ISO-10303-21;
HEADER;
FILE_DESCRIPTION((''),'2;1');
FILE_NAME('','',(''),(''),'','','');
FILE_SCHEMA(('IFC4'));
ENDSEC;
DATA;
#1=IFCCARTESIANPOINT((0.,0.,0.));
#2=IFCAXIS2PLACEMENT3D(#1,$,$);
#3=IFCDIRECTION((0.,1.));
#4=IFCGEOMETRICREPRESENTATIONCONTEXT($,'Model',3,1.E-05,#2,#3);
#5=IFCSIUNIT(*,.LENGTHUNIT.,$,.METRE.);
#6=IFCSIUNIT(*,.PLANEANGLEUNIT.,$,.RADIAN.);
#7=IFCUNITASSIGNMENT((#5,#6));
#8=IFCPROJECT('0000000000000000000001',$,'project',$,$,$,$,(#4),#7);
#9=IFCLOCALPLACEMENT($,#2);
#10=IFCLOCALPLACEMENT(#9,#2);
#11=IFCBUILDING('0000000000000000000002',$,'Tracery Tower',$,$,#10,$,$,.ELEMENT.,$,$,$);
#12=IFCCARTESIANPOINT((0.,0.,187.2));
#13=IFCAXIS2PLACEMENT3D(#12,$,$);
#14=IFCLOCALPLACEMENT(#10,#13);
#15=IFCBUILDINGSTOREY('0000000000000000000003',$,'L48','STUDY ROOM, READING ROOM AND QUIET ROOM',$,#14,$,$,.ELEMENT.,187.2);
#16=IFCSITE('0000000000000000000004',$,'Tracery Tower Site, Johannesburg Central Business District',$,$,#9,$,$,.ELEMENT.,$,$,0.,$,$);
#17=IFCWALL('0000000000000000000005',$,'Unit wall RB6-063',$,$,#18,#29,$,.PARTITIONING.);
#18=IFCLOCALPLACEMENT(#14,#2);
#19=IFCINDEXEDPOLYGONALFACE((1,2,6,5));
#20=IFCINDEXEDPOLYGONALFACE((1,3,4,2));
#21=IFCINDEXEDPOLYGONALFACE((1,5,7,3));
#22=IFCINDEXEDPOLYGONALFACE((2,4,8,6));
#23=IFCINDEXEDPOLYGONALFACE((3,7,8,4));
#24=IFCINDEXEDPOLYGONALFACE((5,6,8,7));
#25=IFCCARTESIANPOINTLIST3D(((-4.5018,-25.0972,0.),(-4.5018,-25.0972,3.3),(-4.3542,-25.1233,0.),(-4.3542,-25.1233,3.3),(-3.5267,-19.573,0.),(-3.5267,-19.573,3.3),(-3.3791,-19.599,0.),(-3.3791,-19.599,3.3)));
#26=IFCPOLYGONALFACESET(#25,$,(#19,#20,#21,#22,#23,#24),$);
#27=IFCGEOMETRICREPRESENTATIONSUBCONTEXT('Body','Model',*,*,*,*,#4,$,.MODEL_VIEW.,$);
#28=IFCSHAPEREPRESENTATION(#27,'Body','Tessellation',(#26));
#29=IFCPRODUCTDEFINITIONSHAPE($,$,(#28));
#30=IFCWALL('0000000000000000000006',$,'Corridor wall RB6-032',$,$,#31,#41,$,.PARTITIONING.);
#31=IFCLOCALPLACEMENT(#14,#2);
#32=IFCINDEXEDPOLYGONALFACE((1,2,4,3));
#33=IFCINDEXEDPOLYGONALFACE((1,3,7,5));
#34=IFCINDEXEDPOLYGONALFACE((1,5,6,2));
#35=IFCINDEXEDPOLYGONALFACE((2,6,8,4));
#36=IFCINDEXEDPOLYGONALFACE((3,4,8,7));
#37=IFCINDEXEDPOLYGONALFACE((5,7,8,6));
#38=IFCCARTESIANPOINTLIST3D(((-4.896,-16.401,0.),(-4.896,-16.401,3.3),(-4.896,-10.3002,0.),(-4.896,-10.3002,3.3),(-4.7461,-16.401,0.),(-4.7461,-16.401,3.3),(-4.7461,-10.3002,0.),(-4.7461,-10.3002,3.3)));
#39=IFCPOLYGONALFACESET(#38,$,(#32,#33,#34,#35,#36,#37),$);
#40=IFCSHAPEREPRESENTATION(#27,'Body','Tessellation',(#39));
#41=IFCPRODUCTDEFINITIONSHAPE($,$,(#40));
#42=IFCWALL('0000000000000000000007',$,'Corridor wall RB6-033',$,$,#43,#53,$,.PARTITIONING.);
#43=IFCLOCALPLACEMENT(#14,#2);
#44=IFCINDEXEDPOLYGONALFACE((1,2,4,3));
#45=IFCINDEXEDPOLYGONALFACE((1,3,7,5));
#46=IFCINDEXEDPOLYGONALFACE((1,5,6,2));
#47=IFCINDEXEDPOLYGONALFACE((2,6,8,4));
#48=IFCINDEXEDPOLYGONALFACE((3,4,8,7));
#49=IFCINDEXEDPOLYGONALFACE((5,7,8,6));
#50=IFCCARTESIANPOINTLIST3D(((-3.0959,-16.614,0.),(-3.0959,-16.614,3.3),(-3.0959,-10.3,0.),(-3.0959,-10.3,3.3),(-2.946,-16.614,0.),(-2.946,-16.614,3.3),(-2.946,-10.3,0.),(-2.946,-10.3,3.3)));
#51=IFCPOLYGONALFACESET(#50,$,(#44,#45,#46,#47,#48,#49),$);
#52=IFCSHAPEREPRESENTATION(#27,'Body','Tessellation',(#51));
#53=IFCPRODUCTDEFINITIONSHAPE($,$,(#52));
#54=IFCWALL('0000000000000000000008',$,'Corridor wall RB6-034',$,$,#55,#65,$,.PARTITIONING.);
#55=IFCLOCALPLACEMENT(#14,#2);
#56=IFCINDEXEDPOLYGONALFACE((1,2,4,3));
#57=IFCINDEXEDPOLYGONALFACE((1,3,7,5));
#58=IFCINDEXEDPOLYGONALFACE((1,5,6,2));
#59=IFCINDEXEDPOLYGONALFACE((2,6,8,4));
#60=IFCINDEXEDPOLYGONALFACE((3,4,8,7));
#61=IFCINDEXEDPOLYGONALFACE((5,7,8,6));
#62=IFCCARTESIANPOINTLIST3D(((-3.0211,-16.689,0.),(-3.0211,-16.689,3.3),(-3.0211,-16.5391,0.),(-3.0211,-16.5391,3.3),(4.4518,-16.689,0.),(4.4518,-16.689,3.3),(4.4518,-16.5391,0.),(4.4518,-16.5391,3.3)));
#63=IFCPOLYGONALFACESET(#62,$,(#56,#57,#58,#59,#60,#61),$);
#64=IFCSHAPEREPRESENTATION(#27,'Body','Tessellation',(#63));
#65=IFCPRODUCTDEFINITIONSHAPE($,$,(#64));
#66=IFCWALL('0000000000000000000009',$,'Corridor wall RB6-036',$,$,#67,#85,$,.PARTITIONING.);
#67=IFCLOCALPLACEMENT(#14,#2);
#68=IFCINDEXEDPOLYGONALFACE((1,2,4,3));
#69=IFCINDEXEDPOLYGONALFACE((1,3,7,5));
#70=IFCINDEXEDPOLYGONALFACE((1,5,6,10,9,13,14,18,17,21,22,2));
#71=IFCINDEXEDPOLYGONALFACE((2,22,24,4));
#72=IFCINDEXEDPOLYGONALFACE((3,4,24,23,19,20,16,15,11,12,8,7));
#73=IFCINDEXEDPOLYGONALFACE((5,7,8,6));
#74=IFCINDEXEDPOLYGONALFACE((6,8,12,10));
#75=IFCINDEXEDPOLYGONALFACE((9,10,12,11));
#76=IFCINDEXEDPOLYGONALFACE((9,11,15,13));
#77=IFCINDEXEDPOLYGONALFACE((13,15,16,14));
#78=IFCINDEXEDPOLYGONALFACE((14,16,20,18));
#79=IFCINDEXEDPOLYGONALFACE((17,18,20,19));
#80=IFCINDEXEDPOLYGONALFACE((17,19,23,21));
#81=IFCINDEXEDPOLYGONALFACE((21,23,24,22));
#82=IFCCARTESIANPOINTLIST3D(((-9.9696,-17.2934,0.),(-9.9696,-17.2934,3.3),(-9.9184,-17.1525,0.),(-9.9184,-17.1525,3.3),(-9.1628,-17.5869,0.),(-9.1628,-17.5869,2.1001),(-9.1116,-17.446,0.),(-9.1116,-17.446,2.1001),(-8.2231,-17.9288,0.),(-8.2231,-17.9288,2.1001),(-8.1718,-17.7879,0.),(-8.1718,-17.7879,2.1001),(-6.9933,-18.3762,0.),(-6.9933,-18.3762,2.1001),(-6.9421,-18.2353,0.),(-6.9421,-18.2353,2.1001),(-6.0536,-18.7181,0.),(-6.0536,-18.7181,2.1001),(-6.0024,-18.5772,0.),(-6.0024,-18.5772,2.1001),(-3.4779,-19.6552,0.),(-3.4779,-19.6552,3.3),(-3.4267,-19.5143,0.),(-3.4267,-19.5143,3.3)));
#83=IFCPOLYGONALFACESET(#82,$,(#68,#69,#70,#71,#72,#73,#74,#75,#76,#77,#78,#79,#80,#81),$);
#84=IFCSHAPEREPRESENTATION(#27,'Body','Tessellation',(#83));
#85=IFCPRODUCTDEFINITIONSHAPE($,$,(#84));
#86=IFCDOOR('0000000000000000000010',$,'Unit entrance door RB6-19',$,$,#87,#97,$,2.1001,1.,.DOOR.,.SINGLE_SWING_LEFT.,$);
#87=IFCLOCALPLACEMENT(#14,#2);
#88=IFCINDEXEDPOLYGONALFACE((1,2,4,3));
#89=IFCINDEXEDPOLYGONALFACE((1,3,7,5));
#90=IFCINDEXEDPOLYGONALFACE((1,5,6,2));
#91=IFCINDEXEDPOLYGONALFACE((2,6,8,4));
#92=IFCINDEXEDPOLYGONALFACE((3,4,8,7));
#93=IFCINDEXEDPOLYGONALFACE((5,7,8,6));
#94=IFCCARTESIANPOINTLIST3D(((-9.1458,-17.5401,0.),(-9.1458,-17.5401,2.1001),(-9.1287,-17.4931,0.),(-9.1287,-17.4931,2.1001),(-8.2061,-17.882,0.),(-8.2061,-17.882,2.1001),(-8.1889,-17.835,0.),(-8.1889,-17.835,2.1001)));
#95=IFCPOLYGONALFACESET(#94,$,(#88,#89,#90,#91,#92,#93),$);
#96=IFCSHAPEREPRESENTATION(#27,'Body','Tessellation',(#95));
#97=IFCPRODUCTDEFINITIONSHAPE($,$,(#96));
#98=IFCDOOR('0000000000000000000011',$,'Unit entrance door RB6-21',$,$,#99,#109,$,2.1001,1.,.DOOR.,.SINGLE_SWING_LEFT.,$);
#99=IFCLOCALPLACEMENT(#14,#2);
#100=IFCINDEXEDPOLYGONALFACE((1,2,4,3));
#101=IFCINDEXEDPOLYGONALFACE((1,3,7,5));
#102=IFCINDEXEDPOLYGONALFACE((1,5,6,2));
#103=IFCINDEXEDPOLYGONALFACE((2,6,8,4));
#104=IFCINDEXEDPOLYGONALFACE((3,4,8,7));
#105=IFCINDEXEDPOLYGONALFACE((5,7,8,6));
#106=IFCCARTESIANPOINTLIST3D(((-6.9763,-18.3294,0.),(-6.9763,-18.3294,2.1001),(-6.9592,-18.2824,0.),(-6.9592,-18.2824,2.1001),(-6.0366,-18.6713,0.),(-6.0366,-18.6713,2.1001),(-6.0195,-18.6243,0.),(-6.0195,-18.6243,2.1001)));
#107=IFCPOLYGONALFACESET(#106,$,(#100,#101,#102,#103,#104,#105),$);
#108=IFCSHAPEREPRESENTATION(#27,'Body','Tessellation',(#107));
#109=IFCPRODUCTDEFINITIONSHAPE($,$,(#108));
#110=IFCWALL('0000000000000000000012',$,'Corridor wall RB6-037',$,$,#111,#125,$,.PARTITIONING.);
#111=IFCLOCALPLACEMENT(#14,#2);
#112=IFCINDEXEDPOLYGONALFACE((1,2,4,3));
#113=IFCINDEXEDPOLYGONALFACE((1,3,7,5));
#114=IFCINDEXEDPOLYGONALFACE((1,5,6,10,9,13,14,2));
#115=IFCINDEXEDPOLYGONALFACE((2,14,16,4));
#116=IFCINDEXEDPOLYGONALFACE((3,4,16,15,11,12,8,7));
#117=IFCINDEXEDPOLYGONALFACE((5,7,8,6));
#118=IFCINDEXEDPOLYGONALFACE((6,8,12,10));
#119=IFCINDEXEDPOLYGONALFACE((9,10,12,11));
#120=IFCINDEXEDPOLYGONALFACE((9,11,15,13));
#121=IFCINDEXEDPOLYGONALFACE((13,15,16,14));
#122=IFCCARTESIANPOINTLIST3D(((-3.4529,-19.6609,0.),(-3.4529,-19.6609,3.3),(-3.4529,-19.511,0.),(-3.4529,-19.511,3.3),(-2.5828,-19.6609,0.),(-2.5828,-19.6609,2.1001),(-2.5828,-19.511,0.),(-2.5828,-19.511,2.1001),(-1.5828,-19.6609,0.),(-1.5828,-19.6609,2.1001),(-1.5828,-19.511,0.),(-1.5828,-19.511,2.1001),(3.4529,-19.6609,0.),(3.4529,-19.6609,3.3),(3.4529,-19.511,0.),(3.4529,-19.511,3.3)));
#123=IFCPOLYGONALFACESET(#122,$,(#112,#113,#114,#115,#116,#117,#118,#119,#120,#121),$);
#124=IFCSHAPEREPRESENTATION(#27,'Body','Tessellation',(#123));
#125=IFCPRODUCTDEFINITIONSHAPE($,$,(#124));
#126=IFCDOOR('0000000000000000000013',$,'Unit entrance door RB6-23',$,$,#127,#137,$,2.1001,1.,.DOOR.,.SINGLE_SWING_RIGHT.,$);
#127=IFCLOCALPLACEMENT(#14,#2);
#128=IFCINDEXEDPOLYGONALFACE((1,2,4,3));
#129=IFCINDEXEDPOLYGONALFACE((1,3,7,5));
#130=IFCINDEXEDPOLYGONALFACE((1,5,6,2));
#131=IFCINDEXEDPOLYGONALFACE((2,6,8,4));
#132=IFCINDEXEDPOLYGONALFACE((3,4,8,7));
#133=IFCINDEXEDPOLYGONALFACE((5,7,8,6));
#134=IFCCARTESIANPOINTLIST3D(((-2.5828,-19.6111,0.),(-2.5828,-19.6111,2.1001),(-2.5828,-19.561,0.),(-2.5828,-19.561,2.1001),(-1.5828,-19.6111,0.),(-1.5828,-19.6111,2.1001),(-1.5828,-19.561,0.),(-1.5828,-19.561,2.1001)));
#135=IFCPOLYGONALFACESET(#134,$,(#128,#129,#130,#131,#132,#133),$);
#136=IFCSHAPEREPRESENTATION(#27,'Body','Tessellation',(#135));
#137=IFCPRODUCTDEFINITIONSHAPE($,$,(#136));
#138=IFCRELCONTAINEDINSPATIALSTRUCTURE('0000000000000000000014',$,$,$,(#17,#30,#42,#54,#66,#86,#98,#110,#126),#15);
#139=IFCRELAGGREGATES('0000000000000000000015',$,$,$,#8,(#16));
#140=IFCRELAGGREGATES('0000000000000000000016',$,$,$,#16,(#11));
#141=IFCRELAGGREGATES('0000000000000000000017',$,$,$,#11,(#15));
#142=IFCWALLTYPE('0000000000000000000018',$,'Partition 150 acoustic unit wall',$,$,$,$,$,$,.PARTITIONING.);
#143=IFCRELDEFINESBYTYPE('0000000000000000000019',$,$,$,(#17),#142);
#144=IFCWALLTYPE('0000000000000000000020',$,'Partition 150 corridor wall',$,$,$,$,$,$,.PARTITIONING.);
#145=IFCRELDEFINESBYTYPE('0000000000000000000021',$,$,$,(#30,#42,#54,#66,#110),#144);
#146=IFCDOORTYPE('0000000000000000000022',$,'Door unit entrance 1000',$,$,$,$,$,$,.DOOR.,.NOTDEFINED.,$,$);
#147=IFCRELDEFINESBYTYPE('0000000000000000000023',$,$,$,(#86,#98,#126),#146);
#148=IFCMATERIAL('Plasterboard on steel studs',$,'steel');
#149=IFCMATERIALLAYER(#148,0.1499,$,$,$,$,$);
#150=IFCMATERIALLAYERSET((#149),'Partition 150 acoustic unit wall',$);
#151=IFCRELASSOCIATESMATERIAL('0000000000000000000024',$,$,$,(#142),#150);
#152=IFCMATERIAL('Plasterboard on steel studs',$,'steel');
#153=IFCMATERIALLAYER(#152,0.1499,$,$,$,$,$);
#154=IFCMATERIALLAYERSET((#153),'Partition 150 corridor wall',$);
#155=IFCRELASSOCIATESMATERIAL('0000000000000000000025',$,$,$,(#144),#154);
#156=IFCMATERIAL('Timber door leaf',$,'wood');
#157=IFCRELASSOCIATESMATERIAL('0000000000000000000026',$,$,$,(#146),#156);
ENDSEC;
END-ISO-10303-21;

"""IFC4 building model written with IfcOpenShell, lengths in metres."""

from ifc_helpers import new_model, si_unit, direction, frame, frame_2d, origin, place, context, subcontext, project, spatial, rectangle, extrude, material, layer, layer_set, type_object, element, fill, save


model = new_model("IFC4")

# Units and contexts
model_context = context("Model", 3, precision=1e-05, world=origin(), true_north=direction((0.0, 1.0)))
body_context = subcontext(model_context, "Body", "Model", "MODEL_VIEW")
ifc_project = project(units=[si_unit("LENGTHUNIT", "METRE"), si_unit("PLANEANGLEUNIT", "RADIAN")], contexts=[model_context])

# Site, building, storey
site_placement = place(None, origin())
site = spatial("IfcSite", under=ifc_project, at=site_placement, Name="Tracery Tower Site, Johannesburg Central Business District", CompositionType="ELEMENT", RefElevation=0.0)
building_placement = place(site_placement, origin())
building = spatial("IfcBuilding", under=site, at=building_placement, Name="Tracery Tower", CompositionType="ELEMENT")
storey_placement = place(building_placement, frame((0.0, 0.0, 187.2)))
storey = spatial("IfcBuildingStorey", under=building, at=storey_placement, Name="L48", Description="STUDY ROOM, READING ROOM AND QUIET ROOM", CompositionType="ELEMENT", Elevation=187.2)

# Walls
ifc_material_1 = material(Name="Plasterboard on steel studs", Category="steel")
ifc_layer_1 = layer(ifc_material_1, 0.1499)
ifc_layer_set_1 = layer_set([ifc_layer_1], Name="Partition 150 acoustic unit wall")
wall_type_1 = type_object("IfcWallType", Name="Partition 150 acoustic unit wall", PredefinedType="PARTITIONING", material=ifc_layer_set_1)
wall_1_placement = place(storey_placement, frame((-4.428, -25.1101, 0.0), z_axis=(0.0, 0.0, 1.0), x_axis=(0.173828, 0.984776, 0.0)))
element("IfcWall", 1, at=wall_1_placement, inside=storey, type_object=wall_type_1, Name="Unit wall RB6-063", PredefinedType="PARTITIONING", context=body_context, shape_type="SweptSolid", body=[
    extrude(rectangle(XDim=5.6096, YDim=0.1499, at=frame_2d((2.8047, 0.0))), origin(), (0.0, 0.0, 1.0), 3.3),
])
ifc_material_2 = material(Name="Plasterboard on steel studs", Category="steel")
ifc_layer_2 = layer(ifc_material_2, 0.1499)
ifc_layer_set_2 = layer_set([ifc_layer_2], Name="Partition 150 corridor wall")
wall_type_2 = type_object("IfcWallType", Name="Partition 150 corridor wall", PredefinedType="PARTITIONING", material=ifc_layer_set_2)
wall_2_placement = place(storey_placement, frame((-4.821, -16.4009, 0.0), z_axis=(0.0, 0.0, 1.0), x_axis=(0.0, 1.0, 0.0)))
element("IfcWall", 2, at=wall_2_placement, inside=storey, type_object=wall_type_2, Name="Corridor wall RB6-032", PredefinedType="PARTITIONING", context=body_context, shape_type="SweptSolid", body=[
    extrude(rectangle(XDim=6.1008, YDim=0.1499, at=frame_2d((3.0503, 0.0))), origin(), (0.0, 0.0, 1.0), 3.3),
])
wall_3_placement = place(storey_placement, frame((-3.021, -16.614, 0.0), z_axis=(0.0, 0.0, 1.0), x_axis=(0.0, 1.0, 0.0)))
element("IfcWall", 3, at=wall_3_placement, inside=storey, type_object=wall_type_2, Name="Corridor wall RB6-033", PredefinedType="PARTITIONING", context=body_context, shape_type="SweptSolid", body=[
    extrude(rectangle(XDim=6.314, YDim=0.1499, at=frame_2d((3.157, 0.0))), origin(), (0.0, 0.0, 1.0), 3.3),
])
wall_4_placement = place(storey_placement, frame((-3.021, -16.614, 0.0), z_axis=(0.0, 0.0, 1.0), x_axis=(1.0, 0.0, 0.0)))
element("IfcWall", 4, at=wall_4_placement, inside=storey, type_object=wall_type_2, Name="Corridor wall RB6-034", PredefinedType="PARTITIONING", context=body_context, shape_type="SweptSolid", body=[
    extrude(rectangle(XDim=7.4729, YDim=0.1499, at=frame_2d((3.7363, 0.0))), origin(), (0.0, 0.0, 1.0), 3.3),
])

# Wall, openings, doors
wall_5_placement = place(storey_placement, frame((-9.9441, -17.2229, 0.0), z_axis=(0.0, 0.0, 1.0), x_axis=(0.939738, -0.341896, 0.0)))
wall_5 = element("IfcWall", 5, at=wall_5_placement, inside=storey, type_object=wall_type_2, Name="Corridor wall RB6-036", PredefinedType="PARTITIONING", context=body_context, shape_type="SweptSolid", body=[
    extrude(rectangle(XDim=6.908, YDim=0.1499, at=frame_2d((3.4541, 0.0))), origin(), (0.0, 0.0, 1.0), 3.3),
])
opening_1_placement = place(wall_5_placement, frame((0.8586, 0.0, 0.0)))
opening_1 = element("IfcOpeningElement", 6, at=opening_1_placement, cuts=wall_5, PredefinedType="OPENING", context=body_context, shape_type="SweptSolid", body=[
    extrude(rectangle(XDim=1.0, YDim=2.1001, at=frame_2d((0.5, 1.05))), frame((0.0, 0.075, 0.0), z_axis=(0.0, -1.0, 0.0), x_axis=(1.0, 0.0, 0.0)), (0.0, 0.0, 1.0), 0.1499),
])
opening_2_placement = place(wall_5_placement, frame((3.1672, 0.0, 0.0)))
opening_2 = element("IfcOpeningElement", 7, at=opening_2_placement, cuts=wall_5, PredefinedType="OPENING", context=body_context, shape_type="SweptSolid", body=[
    extrude(rectangle(XDim=1.0, YDim=2.1001, at=frame_2d((0.5, 1.05))), frame((0.0, 0.075, 0.0), z_axis=(0.0, -1.0, 0.0), x_axis=(1.0, 0.0, 0.0)), (0.0, 0.0, 1.0), 0.1499),
])
ifc_material_3 = material(Name="Timber door leaf", Category="wood")
door_type_1 = type_object("IfcDoorType", Name="Door unit entrance 1000", OperationType="NOTDEFINED", PredefinedType="DOOR", material=ifc_material_3)
door_1_placement = place(opening_1_placement, origin())
door_1 = element("IfcDoor", 8, at=door_1_placement, inside=storey, type_object=door_type_1, Name="Unit entrance door RB6-19", OperationType="SINGLE_SWING_LEFT", OverallHeight=2.1001, OverallWidth=1.0, PredefinedType="DOOR", context=body_context, shape_type="SweptSolid", body=[
    extrude(rectangle(XDim=1.0, YDim=2.1001, at=frame_2d((0.5, 1.05))), frame((0.0, 0.0249, 0.0), z_axis=(0.0, -1.0, 0.0), x_axis=(1.0, 0.0, 0.0)), (0.0, 0.0, 1.0), 0.05),
])
fill(opening_1, door_1)
door_2_placement = place(opening_2_placement, origin())
door_2 = element("IfcDoor", 9, at=door_2_placement, inside=storey, type_object=door_type_1, Name="Unit entrance door RB6-21", OperationType="SINGLE_SWING_LEFT", OverallHeight=2.1001, OverallWidth=1.0, PredefinedType="DOOR", context=body_context, shape_type="SweptSolid", body=[
    extrude(rectangle(XDim=1.0, YDim=2.1001, at=frame_2d((0.5, 1.05))), frame((0.0, 0.0249, 0.0), z_axis=(0.0, -1.0, 0.0), x_axis=(1.0, 0.0, 0.0)), (0.0, 0.0, 1.0), 0.05),
])
fill(opening_2, door_2)

# Wall, opening, door
wall_6_placement = place(storey_placement, frame((-3.4529, -19.5859, 0.0), z_axis=(0.0, 0.0, 1.0), x_axis=(1.0, 0.0, 0.0)))
wall_6 = element("IfcWall", 10, at=wall_6_placement, inside=storey, type_object=wall_type_2, Name="Corridor wall RB6-037", PredefinedType="PARTITIONING", context=body_context, shape_type="SweptSolid", body=[
    extrude(rectangle(XDim=6.9058, YDim=0.1499, at=frame_2d((3.4529, 0.0))), origin(), (0.0, 0.0, 1.0), 3.3),
])
opening_3_placement = place(wall_6_placement, frame((0.8701, 0.0, 0.0)))
opening_3 = element("IfcOpeningElement", 11, at=opening_3_placement, cuts=wall_6, PredefinedType="OPENING", context=body_context, shape_type="SweptSolid", body=[
    extrude(rectangle(XDim=1.0, YDim=2.1001, at=frame_2d((0.5, 1.05))), frame((0.0, 0.075, 0.0), z_axis=(0.0, -1.0, 0.0), x_axis=(1.0, 0.0, 0.0)), (0.0, 0.0, 1.0), 0.1499),
])
door_3_placement = place(opening_3_placement, origin())
door_3 = element("IfcDoor", 12, at=door_3_placement, inside=storey, type_object=door_type_1, Name="Unit entrance door RB6-23", OperationType="SINGLE_SWING_RIGHT", OverallHeight=2.1001, OverallWidth=1.0, PredefinedType="DOOR", context=body_context, shape_type="SweptSolid", body=[
    extrude(rectangle(XDim=1.0, YDim=2.1001, at=frame_2d((0.5, 1.05))), frame((0.0, 0.0249, 0.0), z_axis=(0.0, -1.0, 0.0), x_axis=(1.0, 0.0, 0.0)), (0.0, 0.0, 1.0), 0.05),
])
fill(opening_3, door_3)

save(model, "model.ifc")
